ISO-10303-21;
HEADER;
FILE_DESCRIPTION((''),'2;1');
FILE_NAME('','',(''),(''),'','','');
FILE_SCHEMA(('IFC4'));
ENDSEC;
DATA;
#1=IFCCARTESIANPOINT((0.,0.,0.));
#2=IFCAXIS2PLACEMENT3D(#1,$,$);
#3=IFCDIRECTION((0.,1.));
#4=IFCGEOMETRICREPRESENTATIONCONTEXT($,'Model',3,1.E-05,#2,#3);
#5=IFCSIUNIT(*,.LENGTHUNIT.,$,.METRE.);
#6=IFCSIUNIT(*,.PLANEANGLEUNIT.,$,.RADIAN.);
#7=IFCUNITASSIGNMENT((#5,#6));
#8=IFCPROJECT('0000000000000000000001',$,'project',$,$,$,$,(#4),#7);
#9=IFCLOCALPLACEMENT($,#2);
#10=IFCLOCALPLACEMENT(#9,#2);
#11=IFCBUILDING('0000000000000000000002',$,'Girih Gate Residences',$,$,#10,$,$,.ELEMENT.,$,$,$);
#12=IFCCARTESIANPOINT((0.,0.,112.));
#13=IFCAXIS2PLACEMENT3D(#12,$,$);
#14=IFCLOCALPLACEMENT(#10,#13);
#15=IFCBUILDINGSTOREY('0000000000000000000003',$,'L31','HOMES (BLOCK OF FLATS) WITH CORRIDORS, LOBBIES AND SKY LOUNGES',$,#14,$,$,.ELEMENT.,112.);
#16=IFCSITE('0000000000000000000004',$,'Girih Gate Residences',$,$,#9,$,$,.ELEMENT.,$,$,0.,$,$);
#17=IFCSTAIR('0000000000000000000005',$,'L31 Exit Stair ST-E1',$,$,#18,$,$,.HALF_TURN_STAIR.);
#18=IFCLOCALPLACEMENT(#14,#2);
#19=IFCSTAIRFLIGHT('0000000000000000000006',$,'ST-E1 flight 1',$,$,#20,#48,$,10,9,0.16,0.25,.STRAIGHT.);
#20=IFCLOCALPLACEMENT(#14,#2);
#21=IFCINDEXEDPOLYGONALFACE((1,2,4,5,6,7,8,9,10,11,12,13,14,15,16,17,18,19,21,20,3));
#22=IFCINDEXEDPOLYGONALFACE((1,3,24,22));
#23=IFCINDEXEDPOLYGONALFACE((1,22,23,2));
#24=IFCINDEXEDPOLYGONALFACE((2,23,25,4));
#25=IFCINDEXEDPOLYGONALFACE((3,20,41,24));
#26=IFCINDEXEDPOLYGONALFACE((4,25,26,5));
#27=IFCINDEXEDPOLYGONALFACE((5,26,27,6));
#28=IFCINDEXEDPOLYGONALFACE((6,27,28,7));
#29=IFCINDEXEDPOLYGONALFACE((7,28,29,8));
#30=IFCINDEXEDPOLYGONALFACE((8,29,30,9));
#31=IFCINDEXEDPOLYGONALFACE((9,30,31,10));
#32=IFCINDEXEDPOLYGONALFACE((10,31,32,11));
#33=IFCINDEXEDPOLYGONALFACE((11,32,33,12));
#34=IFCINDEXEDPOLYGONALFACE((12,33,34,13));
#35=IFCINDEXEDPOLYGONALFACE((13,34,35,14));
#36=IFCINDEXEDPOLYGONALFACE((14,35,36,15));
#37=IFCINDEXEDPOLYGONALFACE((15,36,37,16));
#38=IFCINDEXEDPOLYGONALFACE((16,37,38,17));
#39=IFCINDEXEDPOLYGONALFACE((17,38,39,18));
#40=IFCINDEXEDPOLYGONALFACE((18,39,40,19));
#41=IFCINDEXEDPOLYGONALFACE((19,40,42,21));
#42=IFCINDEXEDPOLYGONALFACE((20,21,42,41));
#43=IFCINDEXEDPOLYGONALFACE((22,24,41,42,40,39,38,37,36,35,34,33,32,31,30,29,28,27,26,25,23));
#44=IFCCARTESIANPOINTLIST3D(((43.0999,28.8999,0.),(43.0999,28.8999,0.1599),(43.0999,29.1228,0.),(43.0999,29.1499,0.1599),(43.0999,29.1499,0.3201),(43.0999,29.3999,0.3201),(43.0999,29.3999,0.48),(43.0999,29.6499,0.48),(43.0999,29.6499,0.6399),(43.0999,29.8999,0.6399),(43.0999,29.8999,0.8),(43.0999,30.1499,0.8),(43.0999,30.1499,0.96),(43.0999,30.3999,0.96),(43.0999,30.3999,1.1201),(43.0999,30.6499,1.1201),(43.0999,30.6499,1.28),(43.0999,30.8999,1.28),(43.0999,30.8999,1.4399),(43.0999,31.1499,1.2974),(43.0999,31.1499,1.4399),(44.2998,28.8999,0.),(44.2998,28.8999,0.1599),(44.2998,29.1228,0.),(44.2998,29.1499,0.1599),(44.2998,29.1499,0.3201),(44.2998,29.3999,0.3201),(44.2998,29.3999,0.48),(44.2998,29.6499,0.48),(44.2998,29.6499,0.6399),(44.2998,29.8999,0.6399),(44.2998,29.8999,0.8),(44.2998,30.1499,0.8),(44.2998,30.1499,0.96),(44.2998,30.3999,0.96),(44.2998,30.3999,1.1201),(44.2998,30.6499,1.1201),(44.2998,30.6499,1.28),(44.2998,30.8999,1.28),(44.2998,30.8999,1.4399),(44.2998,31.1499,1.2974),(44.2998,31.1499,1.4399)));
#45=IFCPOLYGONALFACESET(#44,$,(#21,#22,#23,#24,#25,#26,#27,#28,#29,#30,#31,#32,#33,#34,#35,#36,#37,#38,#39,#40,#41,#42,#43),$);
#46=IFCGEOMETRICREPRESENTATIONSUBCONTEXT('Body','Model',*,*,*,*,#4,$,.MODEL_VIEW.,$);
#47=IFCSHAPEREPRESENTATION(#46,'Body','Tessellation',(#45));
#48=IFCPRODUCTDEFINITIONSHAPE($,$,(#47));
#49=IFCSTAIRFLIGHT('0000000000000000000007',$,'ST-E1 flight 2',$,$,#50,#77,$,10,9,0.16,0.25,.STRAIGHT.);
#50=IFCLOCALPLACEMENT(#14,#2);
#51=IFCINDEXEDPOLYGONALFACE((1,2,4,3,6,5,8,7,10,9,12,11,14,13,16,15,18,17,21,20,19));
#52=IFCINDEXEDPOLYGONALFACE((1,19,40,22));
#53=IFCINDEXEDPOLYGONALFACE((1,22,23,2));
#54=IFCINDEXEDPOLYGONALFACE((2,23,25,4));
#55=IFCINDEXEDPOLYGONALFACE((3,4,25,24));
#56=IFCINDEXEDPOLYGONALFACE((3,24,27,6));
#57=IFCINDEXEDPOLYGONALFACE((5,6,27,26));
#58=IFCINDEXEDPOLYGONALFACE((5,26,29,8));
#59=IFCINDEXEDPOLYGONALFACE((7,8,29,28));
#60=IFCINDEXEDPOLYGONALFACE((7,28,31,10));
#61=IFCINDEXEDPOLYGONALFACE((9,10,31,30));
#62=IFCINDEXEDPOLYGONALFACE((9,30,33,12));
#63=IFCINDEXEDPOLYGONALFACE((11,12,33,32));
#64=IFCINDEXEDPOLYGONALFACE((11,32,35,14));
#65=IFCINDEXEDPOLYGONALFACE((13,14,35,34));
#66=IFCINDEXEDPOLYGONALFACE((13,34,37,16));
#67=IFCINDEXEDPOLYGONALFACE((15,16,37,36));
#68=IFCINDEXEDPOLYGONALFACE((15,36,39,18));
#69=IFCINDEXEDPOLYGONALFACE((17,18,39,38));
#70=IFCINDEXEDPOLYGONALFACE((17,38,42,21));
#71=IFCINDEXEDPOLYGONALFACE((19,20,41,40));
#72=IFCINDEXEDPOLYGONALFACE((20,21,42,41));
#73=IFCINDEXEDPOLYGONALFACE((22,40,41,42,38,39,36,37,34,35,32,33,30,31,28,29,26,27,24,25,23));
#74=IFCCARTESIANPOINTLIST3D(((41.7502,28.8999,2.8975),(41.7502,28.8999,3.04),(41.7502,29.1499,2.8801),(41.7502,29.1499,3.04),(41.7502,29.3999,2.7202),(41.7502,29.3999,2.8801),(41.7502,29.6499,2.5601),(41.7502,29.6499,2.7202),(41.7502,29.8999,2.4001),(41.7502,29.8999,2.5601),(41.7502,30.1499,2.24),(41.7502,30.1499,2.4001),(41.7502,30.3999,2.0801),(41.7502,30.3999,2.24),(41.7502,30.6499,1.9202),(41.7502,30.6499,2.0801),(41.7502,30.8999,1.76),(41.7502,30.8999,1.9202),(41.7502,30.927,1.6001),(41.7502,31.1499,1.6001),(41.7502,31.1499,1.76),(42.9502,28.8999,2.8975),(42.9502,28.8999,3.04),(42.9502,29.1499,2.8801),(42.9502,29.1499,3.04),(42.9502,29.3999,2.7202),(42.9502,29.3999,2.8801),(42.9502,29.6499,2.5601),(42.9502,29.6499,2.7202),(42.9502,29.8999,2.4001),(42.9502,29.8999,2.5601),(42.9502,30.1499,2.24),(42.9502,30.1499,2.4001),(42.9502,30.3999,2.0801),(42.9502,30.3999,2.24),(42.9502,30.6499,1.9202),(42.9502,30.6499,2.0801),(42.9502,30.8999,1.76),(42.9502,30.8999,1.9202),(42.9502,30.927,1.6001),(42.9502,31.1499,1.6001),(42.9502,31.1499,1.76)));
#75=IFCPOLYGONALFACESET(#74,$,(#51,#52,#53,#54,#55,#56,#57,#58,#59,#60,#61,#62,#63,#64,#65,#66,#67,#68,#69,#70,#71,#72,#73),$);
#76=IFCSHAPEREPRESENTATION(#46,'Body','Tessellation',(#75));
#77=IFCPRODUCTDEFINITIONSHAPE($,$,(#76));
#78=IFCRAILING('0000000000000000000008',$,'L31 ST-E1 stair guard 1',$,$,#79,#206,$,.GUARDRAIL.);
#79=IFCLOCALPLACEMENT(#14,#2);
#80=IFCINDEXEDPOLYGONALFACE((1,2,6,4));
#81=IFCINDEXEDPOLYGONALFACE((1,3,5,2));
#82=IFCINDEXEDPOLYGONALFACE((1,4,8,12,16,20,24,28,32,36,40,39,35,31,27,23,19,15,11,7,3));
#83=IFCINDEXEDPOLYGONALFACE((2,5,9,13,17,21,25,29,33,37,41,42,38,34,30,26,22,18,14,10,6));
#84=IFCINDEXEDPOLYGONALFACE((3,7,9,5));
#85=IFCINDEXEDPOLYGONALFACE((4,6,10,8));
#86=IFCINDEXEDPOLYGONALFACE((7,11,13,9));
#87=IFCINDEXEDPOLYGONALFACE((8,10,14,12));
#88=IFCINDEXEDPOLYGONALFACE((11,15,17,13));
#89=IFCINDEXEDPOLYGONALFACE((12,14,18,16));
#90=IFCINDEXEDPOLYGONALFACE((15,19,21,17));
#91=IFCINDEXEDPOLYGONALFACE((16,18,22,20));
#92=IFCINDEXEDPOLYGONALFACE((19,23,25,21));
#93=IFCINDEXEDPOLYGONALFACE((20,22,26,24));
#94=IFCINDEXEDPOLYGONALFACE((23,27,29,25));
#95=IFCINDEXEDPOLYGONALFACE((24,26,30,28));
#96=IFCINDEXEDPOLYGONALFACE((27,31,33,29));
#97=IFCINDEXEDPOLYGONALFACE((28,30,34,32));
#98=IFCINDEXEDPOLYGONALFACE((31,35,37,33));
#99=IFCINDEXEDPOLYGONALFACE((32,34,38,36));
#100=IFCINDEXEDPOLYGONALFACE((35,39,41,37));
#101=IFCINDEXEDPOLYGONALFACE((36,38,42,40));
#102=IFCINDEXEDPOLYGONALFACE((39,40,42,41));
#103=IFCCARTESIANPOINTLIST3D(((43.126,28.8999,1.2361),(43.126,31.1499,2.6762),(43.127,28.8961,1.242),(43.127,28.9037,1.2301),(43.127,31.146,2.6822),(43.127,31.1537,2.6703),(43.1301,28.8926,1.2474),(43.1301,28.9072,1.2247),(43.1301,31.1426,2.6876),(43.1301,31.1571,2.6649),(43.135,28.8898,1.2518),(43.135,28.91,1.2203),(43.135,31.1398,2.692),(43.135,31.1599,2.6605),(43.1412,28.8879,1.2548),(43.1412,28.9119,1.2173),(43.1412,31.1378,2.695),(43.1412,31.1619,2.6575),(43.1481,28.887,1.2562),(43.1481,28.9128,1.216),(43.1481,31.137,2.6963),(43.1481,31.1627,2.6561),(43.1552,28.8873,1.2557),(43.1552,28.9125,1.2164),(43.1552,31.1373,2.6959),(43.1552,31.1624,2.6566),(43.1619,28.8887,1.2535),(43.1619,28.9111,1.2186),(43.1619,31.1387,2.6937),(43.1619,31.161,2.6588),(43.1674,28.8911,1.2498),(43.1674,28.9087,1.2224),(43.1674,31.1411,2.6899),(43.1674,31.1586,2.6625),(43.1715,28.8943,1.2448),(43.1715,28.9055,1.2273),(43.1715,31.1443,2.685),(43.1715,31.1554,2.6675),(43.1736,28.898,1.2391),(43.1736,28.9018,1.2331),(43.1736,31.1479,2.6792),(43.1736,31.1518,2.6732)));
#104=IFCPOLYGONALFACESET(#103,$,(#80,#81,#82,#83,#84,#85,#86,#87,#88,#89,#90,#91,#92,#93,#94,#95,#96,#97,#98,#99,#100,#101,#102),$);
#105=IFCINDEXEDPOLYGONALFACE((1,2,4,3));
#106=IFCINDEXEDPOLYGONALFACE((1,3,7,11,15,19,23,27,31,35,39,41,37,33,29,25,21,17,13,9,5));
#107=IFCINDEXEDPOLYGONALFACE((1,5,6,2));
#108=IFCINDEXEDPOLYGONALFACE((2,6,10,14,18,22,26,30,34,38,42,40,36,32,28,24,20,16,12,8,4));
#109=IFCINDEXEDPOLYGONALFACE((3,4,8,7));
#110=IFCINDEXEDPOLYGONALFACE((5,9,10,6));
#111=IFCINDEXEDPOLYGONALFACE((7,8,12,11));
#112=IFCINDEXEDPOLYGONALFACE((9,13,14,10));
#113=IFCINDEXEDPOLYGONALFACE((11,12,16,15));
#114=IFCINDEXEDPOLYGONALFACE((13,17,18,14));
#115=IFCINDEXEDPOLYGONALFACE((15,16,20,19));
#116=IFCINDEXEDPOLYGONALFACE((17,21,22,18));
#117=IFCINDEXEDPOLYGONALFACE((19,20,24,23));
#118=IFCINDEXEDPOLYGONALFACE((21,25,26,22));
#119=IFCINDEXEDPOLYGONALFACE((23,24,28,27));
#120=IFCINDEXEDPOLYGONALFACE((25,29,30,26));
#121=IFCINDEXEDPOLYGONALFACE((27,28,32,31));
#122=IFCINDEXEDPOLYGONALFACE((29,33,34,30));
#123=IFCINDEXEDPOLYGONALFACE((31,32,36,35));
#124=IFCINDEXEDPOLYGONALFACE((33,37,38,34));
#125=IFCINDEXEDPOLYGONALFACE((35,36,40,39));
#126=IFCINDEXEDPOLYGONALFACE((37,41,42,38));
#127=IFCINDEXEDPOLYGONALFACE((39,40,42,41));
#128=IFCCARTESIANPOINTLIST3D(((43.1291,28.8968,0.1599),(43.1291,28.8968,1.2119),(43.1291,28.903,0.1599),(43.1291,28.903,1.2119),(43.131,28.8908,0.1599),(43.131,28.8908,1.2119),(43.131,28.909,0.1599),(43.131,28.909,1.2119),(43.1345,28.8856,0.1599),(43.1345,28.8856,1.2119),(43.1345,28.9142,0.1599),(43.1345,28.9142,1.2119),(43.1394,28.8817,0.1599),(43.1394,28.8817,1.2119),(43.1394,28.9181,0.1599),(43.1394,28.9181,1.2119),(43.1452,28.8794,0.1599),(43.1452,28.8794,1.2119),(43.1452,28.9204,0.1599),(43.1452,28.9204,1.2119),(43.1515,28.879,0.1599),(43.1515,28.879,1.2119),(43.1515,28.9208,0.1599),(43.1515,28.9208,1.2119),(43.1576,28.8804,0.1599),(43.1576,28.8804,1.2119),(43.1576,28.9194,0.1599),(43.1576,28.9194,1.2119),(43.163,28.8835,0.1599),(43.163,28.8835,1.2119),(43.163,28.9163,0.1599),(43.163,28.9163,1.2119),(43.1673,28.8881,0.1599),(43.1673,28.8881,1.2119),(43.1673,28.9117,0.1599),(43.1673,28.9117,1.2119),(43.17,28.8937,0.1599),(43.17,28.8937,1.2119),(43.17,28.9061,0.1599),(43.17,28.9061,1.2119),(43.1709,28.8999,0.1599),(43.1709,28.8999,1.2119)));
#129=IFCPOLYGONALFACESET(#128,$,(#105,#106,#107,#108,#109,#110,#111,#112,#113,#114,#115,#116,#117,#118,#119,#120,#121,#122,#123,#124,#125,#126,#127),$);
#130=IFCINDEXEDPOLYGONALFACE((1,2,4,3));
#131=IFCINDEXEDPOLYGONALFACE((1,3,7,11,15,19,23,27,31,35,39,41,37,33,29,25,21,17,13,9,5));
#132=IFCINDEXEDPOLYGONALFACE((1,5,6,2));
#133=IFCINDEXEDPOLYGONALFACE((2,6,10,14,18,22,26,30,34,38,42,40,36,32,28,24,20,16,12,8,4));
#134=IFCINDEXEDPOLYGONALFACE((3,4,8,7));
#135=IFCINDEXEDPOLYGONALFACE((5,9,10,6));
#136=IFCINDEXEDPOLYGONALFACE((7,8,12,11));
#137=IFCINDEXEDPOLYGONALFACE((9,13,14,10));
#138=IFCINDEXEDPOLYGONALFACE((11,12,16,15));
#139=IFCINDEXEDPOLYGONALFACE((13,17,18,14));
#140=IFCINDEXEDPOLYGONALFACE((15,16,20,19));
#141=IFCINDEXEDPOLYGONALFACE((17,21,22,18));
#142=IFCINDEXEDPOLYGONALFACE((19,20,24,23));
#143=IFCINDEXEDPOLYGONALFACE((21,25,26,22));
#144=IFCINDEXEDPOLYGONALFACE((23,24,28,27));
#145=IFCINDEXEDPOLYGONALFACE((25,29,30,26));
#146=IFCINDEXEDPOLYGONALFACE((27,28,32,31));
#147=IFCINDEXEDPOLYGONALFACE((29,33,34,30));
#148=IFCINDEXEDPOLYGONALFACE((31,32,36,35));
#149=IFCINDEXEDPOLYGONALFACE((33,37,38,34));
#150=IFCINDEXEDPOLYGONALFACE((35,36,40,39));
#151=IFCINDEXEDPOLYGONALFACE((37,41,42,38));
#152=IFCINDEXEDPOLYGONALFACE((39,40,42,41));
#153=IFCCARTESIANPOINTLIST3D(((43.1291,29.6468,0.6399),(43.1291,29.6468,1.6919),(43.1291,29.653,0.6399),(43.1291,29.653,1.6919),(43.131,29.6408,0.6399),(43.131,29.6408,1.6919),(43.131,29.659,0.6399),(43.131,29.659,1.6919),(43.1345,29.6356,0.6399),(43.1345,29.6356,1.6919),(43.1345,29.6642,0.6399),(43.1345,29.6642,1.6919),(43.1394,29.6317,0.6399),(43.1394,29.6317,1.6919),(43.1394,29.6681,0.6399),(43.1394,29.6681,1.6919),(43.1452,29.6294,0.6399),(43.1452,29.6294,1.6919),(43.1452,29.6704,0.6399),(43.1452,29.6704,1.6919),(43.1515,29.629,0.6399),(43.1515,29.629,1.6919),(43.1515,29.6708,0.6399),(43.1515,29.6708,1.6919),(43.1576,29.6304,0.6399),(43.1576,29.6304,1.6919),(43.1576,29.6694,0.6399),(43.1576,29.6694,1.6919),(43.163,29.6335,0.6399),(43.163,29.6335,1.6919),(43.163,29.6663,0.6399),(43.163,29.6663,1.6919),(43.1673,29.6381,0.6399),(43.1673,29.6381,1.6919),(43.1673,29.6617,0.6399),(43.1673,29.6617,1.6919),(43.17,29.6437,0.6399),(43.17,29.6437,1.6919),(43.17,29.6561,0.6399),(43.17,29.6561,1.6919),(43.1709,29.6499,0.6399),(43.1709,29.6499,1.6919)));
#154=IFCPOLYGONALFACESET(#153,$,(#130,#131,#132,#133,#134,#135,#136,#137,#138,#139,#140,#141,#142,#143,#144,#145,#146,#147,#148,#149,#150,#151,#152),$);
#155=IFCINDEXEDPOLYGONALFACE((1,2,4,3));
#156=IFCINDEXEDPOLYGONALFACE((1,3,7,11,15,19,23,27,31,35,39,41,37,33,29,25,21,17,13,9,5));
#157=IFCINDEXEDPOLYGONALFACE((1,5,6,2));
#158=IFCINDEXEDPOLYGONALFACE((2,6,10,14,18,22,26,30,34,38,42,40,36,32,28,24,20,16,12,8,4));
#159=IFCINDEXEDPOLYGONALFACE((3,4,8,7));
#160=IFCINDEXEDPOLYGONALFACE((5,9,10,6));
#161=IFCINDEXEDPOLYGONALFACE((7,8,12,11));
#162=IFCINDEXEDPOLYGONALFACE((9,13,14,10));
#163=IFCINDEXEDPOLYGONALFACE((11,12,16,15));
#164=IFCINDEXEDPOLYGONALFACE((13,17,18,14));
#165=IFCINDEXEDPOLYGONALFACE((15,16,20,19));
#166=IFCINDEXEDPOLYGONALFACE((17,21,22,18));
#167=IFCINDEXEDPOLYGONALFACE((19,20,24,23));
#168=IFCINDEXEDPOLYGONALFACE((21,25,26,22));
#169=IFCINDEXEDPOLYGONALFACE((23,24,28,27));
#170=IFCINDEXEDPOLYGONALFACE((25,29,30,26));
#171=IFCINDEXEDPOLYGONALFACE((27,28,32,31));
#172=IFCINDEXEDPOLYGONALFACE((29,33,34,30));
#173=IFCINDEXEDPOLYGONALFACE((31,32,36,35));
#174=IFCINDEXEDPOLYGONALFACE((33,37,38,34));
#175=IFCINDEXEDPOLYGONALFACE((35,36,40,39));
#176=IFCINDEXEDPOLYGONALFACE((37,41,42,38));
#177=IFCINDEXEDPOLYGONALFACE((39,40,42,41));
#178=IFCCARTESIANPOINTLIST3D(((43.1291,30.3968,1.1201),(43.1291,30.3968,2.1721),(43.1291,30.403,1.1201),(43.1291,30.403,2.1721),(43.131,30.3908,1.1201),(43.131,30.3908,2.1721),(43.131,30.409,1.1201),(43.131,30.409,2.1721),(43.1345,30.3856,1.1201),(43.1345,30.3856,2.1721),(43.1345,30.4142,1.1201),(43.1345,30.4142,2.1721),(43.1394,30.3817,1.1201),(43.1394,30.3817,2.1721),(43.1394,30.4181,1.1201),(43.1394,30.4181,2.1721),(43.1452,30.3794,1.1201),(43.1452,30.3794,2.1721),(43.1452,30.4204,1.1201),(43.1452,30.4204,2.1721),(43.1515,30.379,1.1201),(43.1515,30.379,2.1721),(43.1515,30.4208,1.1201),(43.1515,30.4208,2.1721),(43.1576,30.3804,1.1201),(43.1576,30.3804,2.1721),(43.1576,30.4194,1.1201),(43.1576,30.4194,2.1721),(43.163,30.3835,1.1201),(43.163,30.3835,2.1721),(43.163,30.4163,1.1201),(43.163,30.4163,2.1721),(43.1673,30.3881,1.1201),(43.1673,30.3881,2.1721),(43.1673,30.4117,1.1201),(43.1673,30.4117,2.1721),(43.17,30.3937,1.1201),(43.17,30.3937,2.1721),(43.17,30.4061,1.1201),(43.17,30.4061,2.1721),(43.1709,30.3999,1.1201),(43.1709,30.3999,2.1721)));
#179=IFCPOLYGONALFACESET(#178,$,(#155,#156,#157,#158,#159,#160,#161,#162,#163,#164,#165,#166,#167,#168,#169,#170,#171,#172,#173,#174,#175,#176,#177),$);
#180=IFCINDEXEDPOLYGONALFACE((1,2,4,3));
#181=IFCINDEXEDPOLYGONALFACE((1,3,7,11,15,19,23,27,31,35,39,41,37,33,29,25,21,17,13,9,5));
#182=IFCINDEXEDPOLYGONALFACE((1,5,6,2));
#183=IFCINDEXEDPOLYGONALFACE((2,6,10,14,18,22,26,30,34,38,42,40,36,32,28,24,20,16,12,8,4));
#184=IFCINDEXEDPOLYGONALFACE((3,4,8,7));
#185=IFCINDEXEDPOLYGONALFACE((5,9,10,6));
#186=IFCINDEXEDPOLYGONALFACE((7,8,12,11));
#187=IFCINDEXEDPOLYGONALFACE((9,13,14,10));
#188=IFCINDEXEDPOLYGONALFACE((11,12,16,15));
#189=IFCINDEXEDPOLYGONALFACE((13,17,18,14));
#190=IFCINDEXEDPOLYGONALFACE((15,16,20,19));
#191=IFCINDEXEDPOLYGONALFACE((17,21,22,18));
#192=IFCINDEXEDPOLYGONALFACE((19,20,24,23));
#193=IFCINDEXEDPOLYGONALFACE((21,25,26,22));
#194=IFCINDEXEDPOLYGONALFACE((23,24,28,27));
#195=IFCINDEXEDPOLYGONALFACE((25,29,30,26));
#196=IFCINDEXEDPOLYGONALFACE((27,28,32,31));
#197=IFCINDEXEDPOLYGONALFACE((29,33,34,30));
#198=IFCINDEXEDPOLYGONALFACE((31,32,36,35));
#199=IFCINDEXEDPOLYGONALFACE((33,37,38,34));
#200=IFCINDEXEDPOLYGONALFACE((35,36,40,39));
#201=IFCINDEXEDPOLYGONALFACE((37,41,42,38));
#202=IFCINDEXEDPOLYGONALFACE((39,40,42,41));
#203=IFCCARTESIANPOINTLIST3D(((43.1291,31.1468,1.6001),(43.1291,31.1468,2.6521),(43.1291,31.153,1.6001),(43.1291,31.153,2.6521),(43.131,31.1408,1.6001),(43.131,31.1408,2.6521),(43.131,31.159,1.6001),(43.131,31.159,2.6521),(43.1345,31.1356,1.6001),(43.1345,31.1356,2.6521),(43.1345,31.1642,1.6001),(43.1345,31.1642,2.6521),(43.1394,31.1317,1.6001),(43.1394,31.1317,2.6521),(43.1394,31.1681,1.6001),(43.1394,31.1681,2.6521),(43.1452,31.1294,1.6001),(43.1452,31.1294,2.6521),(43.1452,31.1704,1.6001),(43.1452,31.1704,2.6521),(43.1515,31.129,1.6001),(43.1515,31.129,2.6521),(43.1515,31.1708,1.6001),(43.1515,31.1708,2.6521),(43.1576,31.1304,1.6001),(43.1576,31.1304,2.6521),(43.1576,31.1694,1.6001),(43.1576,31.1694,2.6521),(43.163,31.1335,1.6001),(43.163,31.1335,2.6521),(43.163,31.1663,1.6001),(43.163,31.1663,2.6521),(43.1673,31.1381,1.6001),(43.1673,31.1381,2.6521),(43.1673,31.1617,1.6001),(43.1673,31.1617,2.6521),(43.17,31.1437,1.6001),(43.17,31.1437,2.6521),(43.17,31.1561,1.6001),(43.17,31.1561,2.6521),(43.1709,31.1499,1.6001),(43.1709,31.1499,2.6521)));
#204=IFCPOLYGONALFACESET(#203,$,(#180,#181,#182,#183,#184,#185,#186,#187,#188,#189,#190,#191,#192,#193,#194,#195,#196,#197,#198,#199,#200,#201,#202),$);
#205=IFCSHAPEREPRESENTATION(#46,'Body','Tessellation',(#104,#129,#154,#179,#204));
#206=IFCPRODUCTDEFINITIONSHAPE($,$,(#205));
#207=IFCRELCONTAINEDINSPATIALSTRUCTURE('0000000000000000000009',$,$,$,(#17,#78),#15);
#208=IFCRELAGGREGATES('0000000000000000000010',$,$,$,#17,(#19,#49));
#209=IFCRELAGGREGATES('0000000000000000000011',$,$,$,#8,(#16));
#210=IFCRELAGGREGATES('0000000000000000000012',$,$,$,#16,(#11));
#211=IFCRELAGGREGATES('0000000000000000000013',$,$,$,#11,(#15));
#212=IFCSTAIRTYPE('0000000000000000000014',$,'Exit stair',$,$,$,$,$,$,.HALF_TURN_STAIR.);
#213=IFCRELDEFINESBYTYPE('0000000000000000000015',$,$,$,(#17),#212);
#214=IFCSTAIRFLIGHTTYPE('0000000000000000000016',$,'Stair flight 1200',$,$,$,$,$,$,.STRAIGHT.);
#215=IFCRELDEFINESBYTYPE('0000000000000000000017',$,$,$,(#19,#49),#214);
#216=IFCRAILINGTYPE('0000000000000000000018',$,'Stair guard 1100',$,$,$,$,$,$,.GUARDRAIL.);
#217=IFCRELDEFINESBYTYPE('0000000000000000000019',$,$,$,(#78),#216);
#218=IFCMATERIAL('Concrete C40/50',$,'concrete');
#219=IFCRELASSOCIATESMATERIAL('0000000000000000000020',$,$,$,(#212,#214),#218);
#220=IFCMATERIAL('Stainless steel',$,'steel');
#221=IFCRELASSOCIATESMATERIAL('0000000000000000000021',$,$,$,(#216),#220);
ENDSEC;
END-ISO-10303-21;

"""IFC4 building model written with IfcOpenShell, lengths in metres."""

from ifc_helpers import new_model, si_unit, direction, frame, origin, origin_2d, place, context, subcontext, project, spatial, polyline, circle, outline, extrude, material, type_object, element, aggregate, save


model = new_model("IFC4")

# Units and contexts
model_context = context("Model", 3, precision=1e-05, world=origin(), true_north=direction((0.0, 1.0)))
body_context = subcontext(model_context, "Body", "Model", "MODEL_VIEW")
ifc_project = project(units=[si_unit("LENGTHUNIT", "METRE"), si_unit("PLANEANGLEUNIT", "RADIAN")], contexts=[model_context])

# Site, building, storey
site_placement = place(None, origin())
site = spatial("IfcSite", under=ifc_project, at=site_placement, Name="Girih Gate Residences", CompositionType="ELEMENT", RefElevation=0.0)
building_placement = place(site_placement, origin())
building = spatial("IfcBuilding", under=site, at=building_placement, Name="Girih Gate Residences", CompositionType="ELEMENT")
storey_placement = place(building_placement, frame((0.0, 0.0, 112.0)))
storey = spatial("IfcBuildingStorey", under=building, at=storey_placement, Name="L31", Description="HOMES (BLOCK OF FLATS) WITH CORRIDORS, LOBBIES AND SKY LOUNGES", CompositionType="ELEMENT", Elevation=112.0)

# Shared definitions
ifc_material_1 = material(Name="Concrete C40/50", Category="concrete")

# Stair, stair flights
stair_type = type_object("IfcStairType", Name="Exit stair", PredefinedType="HALF_TURN_STAIR", material=ifc_material_1)
stair_placement = place(storey_placement, origin())
stair = element("IfcStair", 1, at=stair_placement, inside=storey, type_object=stair_type, Name="L31 Exit Stair ST-E1", PredefinedType="HALF_TURN_STAIR")
stair_flight_type = type_object("IfcStairFlightType", Name="Stair flight 1200", PredefinedType="STRAIGHT", material=ifc_material_1)
stair_flight_1_placement = place(storey_placement, frame((43.7, 28.8999, 0.0), z_axis=(0.0, 0.0, 1.0), x_axis=(0.0, 1.0, 0.0)))
stair_flight_1 = element("IfcStairFlight", 2, at=stair_flight_1_placement, type_object=stair_flight_type, Name="ST-E1 flight 1", NumberOfRisers=10, NumberOfTreads=9, PredefinedType="STRAIGHT", RiserHeight=0.16, TreadLength=0.25, context=body_context, shape_type="SweptSolid", body=[
    extrude(outline(polyline([(0.0, 0.0), (0.0, 0.1599), (0.25, 0.1599), (0.25, 0.3201), (0.5, 0.3201), (0.5, 0.48), (0.75, 0.48), (0.75, 0.6399), (1.0, 0.6399), (1.0, 0.8), (1.25, 0.8), (1.25, 0.96), (1.5, 0.96), (1.5, 1.1201), (1.75, 1.1201), (1.75, 1.28), (2.0, 1.28), (2.0, 1.4399), (2.25, 1.4399), (2.25, 1.6001), (2.25, 1.2974), (0.2229, 0.0), (0.0, 0.0)])), frame((0.0, 0.6001, 0.0), z_axis=(0.0, -1.0, 0.0), x_axis=(1.0, 0.0, 0.0)), (0.0, 0.0, 1.0), 1.2),
])
stair_flight_2_placement = place(storey_placement, frame((42.3501, 31.1499, 1.6001), z_axis=(0.0, 0.0, 1.0), x_axis=(0.0, -1.0, 0.0)))
stair_flight_2 = element("IfcStairFlight", 3, at=stair_flight_2_placement, type_object=stair_flight_type, Name="ST-E1 flight 2", NumberOfRisers=10, NumberOfTreads=9, PredefinedType="STRAIGHT", RiserHeight=0.16, TreadLength=0.25, context=body_context, shape_type="SweptSolid", body=[
    extrude(outline(polyline([(0.0, 0.0), (0.0, 0.1599), (0.25, 0.1599), (0.25, 0.3201), (0.5, 0.3201), (0.5, 0.48), (0.75, 0.48), (0.75, 0.6399), (1.0, 0.6399), (1.0, 0.8), (1.25, 0.8), (1.25, 0.96), (1.5, 0.96), (1.5, 1.1201), (1.75, 1.1201), (1.75, 1.28), (2.0, 1.28), (2.0, 1.4399), (2.25, 1.4399), (2.25, 1.6001), (2.25, 1.2974), (0.2229, 0.0), (0.0, 0.0)])), frame((0.0, 0.6001, 0.0), z_axis=(0.0, -1.0, 0.0), x_axis=(1.0, 0.0, 0.0)), (0.0, 0.0, 1.0), 1.2),
])
aggregate(stair, [stair_flight_1, stair_flight_2])

# Railing
ifc_material_2 = material(Name="Stainless steel", Category="steel")
railing_type_1 = type_object("IfcRailingType", Name="Stair guard 1100", PredefinedType="GUARDRAIL", material=ifc_material_2)
railing_1_placement = place(storey_placement, frame((43.1499, 28.8999, 0.1599)))
element("IfcRailing", 4, at=railing_1_placement, inside=storey, type_object=railing_type_1, Name="L31 ST-E1 stair guard 1", PredefinedType="GUARDRAIL", context=body_context, shape_type="SweptSolid", body=[
    extrude(circle(Radius=0.0239, at=origin_2d()), frame((0.0, 0.0, 1.0762), z_axis=(0.0, 0.84224, 0.539103), x_axis=(-1.0, 0.0, 0.0)), (0.0, 0.0, 1.0), 2.6714),
    extrude(circle(Radius=0.021, at=origin_2d()), origin(), (0.0, 0.0, 1.0), 1.052),
    extrude(circle(Radius=0.021, at=origin_2d()), frame((0.0, 0.75, 0.48)), (0.0, 0.0, 1.0), 1.052),
    extrude(circle(Radius=0.021, at=origin_2d()), frame((0.0, 1.5, 0.9602)), (0.0, 0.0, 1.0), 1.052),
    extrude(circle(Radius=0.021, at=origin_2d()), frame((0.0, 2.25, 1.4402)), (0.0, 0.0, 1.0), 1.052),
])

save(model, "model.ifc")
